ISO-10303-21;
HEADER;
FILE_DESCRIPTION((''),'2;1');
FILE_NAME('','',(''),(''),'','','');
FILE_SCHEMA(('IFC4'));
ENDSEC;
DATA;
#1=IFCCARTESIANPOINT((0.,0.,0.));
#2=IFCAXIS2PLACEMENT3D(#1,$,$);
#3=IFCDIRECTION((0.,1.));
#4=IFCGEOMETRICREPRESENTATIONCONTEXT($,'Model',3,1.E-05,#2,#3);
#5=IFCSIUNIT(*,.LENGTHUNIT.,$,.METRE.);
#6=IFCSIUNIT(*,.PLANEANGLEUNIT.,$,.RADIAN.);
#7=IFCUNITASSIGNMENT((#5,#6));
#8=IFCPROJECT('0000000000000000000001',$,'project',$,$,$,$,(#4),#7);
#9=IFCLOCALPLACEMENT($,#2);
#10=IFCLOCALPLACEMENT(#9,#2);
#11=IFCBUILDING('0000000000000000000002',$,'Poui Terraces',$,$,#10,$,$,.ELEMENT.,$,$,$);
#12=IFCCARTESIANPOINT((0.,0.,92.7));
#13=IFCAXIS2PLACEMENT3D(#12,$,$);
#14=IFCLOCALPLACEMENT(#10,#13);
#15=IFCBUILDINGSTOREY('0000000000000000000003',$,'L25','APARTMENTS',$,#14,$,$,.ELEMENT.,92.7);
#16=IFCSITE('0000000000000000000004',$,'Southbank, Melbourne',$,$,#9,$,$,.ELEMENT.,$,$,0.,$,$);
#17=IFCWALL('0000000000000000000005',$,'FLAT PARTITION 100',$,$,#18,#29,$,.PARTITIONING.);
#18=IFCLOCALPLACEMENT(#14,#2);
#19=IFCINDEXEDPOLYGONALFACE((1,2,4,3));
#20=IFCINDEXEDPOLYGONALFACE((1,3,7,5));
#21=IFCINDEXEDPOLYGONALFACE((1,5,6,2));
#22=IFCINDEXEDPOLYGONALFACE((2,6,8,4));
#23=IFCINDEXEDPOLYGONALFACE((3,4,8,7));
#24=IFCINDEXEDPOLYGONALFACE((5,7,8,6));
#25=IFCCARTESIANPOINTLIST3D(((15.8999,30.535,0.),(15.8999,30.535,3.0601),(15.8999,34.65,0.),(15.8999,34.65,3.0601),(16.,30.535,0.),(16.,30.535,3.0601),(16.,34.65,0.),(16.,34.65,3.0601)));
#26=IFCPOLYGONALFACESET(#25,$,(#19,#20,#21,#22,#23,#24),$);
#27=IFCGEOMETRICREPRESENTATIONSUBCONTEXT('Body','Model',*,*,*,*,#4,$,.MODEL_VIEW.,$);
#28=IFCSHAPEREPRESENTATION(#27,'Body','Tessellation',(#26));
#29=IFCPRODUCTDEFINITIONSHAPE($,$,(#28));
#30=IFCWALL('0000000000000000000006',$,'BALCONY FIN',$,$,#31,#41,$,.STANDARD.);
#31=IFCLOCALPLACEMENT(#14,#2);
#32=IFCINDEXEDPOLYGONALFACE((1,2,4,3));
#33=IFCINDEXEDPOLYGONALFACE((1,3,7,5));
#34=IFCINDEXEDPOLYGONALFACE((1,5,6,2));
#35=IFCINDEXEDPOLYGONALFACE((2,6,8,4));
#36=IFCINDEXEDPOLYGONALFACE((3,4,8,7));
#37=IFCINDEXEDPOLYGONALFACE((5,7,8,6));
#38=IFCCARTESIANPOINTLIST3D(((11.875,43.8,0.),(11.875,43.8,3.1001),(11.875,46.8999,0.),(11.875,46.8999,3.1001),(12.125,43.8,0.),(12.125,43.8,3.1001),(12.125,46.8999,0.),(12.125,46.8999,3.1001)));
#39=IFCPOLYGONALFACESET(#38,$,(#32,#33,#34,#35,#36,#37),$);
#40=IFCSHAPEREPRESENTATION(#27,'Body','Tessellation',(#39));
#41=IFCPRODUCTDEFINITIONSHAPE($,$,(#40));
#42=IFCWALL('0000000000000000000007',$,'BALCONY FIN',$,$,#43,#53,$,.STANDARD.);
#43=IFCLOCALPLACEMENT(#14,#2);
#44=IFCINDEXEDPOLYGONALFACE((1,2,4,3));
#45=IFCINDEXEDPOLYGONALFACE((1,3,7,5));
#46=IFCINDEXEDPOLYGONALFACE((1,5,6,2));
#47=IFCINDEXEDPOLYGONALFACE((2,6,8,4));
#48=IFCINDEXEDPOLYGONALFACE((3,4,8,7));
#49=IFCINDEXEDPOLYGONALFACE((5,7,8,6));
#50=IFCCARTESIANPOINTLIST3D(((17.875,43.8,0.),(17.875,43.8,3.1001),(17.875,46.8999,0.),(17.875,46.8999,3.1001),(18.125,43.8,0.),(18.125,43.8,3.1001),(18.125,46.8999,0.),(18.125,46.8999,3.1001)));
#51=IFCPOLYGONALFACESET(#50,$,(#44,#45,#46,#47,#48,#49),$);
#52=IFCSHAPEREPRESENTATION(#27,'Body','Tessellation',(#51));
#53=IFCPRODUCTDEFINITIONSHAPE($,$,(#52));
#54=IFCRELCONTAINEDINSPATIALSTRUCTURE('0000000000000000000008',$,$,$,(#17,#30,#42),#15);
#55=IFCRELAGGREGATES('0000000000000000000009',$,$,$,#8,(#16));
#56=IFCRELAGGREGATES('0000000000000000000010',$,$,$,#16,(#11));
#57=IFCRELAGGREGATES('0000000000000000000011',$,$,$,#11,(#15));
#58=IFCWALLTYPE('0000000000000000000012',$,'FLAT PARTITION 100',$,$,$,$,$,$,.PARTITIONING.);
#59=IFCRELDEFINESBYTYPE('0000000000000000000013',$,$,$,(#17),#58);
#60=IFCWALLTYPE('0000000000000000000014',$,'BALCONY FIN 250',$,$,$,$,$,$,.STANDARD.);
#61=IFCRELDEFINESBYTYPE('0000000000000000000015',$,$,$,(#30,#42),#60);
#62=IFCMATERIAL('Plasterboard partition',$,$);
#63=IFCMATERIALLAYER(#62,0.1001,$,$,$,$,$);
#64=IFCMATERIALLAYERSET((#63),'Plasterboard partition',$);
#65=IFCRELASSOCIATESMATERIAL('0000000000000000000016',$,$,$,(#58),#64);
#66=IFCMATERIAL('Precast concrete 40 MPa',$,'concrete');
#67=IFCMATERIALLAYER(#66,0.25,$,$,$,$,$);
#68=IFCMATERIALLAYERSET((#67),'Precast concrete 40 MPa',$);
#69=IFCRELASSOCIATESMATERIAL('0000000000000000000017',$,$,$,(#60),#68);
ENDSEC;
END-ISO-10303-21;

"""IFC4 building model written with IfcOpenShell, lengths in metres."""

from ifc_helpers import new_model, si_unit, direction, frame, frame_2d, origin, place, context, subcontext, project, spatial, polyline, rectangle, outline, extrude, source, transform, mapped, material, layer, layer_set, type_object, element, save


model = new_model("IFC4")

# Units and contexts
model_context = context("Model", 3, precision=1e-05, world=origin(), true_north=direction((0.0, 1.0)))
body_context = subcontext(model_context, "Body", "Model", "MODEL_VIEW")
ifc_project = project(units=[si_unit("LENGTHUNIT", "METRE"), si_unit("PLANEANGLEUNIT", "RADIAN")], contexts=[model_context])

# Site, building, storey
site_placement = place(None, origin())
site = spatial("IfcSite", under=ifc_project, at=site_placement, Name="Southbank, Melbourne", CompositionType="ELEMENT", RefElevation=0.0)
building_placement = place(site_placement, origin())
building = spatial("IfcBuilding", under=site, at=building_placement, Name="Poui Terraces", CompositionType="ELEMENT")
storey_placement = place(building_placement, frame((0.0, 0.0, 92.7)))
storey = spatial("IfcBuildingStorey", under=building, at=storey_placement, Name="L25", Description="APARTMENTS", CompositionType="ELEMENT", Elevation=92.7)

# Shared definitions
ifc_material_1 = material(Name="Plasterboard partition")
ifc_layer_1 = layer(ifc_material_1, 0.1001)
ifc_layer_set_1 = layer_set([ifc_layer_1], Name="Plasterboard partition")
wall_type_1 = type_object("IfcWallType", Name="FLAT PARTITION 100", PredefinedType="PARTITIONING", material=ifc_layer_set_1)

# Walls
wall_1_placement = place(storey_placement, frame((15.95, 30.5349, 0.0), z_axis=(0.0, 0.0, 1.0), x_axis=(0.0, 1.0, 0.0)))
element("IfcWall", 1, at=wall_1_placement, inside=storey, type_object=wall_type_1, Name="FLAT PARTITION 100", PredefinedType="PARTITIONING", context=body_context, shape_type="SweptSolid", body=[
    extrude(rectangle(XDim=4.115, YDim=0.1001, at=frame_2d((2.0576, 0.0))), origin(), (0.0, 0.0, 1.0), 3.0601),
])
ifc_material_2 = material(Name="Precast concrete 40 MPa", Category="concrete")
ifc_layer_2 = layer(ifc_material_2, 0.25)
ifc_layer_set_2 = layer_set([ifc_layer_2], Name="Precast concrete 40 MPa")
wall_type_2 = type_object("IfcWallType", Name="BALCONY FIN 250", PredefinedType="STANDARD", material=ifc_layer_set_2)
shared_shape_1 = source(origin(), body_context, "Body", "SweptSolid", [
    extrude(outline(polyline([(0.0, 0.0), (0.25, 0.0), (0.25, 3.0999), (0.0, 3.0999), (0.0, 0.0)])), origin(), (0.0, 0.0, 1.0), 3.1001),
])
for number, where, name in (
    (2, (11.875, 43.8, 0.0), "BALCONY FIN"),
    (3, (17.875, 43.8, 0.0), "BALCONY FIN"),
):
    element("IfcWall", number, at=place(storey_placement, frame(where)), inside=storey, type_object=wall_type_2, Name=name, PredefinedType="STANDARD", context=body_context, shape_type="MappedRepresentation", body=[
        mapped(shared_shape_1, transform((0.0, 0.0, 0.0))),
    ])

save(model, "model.ifc")
